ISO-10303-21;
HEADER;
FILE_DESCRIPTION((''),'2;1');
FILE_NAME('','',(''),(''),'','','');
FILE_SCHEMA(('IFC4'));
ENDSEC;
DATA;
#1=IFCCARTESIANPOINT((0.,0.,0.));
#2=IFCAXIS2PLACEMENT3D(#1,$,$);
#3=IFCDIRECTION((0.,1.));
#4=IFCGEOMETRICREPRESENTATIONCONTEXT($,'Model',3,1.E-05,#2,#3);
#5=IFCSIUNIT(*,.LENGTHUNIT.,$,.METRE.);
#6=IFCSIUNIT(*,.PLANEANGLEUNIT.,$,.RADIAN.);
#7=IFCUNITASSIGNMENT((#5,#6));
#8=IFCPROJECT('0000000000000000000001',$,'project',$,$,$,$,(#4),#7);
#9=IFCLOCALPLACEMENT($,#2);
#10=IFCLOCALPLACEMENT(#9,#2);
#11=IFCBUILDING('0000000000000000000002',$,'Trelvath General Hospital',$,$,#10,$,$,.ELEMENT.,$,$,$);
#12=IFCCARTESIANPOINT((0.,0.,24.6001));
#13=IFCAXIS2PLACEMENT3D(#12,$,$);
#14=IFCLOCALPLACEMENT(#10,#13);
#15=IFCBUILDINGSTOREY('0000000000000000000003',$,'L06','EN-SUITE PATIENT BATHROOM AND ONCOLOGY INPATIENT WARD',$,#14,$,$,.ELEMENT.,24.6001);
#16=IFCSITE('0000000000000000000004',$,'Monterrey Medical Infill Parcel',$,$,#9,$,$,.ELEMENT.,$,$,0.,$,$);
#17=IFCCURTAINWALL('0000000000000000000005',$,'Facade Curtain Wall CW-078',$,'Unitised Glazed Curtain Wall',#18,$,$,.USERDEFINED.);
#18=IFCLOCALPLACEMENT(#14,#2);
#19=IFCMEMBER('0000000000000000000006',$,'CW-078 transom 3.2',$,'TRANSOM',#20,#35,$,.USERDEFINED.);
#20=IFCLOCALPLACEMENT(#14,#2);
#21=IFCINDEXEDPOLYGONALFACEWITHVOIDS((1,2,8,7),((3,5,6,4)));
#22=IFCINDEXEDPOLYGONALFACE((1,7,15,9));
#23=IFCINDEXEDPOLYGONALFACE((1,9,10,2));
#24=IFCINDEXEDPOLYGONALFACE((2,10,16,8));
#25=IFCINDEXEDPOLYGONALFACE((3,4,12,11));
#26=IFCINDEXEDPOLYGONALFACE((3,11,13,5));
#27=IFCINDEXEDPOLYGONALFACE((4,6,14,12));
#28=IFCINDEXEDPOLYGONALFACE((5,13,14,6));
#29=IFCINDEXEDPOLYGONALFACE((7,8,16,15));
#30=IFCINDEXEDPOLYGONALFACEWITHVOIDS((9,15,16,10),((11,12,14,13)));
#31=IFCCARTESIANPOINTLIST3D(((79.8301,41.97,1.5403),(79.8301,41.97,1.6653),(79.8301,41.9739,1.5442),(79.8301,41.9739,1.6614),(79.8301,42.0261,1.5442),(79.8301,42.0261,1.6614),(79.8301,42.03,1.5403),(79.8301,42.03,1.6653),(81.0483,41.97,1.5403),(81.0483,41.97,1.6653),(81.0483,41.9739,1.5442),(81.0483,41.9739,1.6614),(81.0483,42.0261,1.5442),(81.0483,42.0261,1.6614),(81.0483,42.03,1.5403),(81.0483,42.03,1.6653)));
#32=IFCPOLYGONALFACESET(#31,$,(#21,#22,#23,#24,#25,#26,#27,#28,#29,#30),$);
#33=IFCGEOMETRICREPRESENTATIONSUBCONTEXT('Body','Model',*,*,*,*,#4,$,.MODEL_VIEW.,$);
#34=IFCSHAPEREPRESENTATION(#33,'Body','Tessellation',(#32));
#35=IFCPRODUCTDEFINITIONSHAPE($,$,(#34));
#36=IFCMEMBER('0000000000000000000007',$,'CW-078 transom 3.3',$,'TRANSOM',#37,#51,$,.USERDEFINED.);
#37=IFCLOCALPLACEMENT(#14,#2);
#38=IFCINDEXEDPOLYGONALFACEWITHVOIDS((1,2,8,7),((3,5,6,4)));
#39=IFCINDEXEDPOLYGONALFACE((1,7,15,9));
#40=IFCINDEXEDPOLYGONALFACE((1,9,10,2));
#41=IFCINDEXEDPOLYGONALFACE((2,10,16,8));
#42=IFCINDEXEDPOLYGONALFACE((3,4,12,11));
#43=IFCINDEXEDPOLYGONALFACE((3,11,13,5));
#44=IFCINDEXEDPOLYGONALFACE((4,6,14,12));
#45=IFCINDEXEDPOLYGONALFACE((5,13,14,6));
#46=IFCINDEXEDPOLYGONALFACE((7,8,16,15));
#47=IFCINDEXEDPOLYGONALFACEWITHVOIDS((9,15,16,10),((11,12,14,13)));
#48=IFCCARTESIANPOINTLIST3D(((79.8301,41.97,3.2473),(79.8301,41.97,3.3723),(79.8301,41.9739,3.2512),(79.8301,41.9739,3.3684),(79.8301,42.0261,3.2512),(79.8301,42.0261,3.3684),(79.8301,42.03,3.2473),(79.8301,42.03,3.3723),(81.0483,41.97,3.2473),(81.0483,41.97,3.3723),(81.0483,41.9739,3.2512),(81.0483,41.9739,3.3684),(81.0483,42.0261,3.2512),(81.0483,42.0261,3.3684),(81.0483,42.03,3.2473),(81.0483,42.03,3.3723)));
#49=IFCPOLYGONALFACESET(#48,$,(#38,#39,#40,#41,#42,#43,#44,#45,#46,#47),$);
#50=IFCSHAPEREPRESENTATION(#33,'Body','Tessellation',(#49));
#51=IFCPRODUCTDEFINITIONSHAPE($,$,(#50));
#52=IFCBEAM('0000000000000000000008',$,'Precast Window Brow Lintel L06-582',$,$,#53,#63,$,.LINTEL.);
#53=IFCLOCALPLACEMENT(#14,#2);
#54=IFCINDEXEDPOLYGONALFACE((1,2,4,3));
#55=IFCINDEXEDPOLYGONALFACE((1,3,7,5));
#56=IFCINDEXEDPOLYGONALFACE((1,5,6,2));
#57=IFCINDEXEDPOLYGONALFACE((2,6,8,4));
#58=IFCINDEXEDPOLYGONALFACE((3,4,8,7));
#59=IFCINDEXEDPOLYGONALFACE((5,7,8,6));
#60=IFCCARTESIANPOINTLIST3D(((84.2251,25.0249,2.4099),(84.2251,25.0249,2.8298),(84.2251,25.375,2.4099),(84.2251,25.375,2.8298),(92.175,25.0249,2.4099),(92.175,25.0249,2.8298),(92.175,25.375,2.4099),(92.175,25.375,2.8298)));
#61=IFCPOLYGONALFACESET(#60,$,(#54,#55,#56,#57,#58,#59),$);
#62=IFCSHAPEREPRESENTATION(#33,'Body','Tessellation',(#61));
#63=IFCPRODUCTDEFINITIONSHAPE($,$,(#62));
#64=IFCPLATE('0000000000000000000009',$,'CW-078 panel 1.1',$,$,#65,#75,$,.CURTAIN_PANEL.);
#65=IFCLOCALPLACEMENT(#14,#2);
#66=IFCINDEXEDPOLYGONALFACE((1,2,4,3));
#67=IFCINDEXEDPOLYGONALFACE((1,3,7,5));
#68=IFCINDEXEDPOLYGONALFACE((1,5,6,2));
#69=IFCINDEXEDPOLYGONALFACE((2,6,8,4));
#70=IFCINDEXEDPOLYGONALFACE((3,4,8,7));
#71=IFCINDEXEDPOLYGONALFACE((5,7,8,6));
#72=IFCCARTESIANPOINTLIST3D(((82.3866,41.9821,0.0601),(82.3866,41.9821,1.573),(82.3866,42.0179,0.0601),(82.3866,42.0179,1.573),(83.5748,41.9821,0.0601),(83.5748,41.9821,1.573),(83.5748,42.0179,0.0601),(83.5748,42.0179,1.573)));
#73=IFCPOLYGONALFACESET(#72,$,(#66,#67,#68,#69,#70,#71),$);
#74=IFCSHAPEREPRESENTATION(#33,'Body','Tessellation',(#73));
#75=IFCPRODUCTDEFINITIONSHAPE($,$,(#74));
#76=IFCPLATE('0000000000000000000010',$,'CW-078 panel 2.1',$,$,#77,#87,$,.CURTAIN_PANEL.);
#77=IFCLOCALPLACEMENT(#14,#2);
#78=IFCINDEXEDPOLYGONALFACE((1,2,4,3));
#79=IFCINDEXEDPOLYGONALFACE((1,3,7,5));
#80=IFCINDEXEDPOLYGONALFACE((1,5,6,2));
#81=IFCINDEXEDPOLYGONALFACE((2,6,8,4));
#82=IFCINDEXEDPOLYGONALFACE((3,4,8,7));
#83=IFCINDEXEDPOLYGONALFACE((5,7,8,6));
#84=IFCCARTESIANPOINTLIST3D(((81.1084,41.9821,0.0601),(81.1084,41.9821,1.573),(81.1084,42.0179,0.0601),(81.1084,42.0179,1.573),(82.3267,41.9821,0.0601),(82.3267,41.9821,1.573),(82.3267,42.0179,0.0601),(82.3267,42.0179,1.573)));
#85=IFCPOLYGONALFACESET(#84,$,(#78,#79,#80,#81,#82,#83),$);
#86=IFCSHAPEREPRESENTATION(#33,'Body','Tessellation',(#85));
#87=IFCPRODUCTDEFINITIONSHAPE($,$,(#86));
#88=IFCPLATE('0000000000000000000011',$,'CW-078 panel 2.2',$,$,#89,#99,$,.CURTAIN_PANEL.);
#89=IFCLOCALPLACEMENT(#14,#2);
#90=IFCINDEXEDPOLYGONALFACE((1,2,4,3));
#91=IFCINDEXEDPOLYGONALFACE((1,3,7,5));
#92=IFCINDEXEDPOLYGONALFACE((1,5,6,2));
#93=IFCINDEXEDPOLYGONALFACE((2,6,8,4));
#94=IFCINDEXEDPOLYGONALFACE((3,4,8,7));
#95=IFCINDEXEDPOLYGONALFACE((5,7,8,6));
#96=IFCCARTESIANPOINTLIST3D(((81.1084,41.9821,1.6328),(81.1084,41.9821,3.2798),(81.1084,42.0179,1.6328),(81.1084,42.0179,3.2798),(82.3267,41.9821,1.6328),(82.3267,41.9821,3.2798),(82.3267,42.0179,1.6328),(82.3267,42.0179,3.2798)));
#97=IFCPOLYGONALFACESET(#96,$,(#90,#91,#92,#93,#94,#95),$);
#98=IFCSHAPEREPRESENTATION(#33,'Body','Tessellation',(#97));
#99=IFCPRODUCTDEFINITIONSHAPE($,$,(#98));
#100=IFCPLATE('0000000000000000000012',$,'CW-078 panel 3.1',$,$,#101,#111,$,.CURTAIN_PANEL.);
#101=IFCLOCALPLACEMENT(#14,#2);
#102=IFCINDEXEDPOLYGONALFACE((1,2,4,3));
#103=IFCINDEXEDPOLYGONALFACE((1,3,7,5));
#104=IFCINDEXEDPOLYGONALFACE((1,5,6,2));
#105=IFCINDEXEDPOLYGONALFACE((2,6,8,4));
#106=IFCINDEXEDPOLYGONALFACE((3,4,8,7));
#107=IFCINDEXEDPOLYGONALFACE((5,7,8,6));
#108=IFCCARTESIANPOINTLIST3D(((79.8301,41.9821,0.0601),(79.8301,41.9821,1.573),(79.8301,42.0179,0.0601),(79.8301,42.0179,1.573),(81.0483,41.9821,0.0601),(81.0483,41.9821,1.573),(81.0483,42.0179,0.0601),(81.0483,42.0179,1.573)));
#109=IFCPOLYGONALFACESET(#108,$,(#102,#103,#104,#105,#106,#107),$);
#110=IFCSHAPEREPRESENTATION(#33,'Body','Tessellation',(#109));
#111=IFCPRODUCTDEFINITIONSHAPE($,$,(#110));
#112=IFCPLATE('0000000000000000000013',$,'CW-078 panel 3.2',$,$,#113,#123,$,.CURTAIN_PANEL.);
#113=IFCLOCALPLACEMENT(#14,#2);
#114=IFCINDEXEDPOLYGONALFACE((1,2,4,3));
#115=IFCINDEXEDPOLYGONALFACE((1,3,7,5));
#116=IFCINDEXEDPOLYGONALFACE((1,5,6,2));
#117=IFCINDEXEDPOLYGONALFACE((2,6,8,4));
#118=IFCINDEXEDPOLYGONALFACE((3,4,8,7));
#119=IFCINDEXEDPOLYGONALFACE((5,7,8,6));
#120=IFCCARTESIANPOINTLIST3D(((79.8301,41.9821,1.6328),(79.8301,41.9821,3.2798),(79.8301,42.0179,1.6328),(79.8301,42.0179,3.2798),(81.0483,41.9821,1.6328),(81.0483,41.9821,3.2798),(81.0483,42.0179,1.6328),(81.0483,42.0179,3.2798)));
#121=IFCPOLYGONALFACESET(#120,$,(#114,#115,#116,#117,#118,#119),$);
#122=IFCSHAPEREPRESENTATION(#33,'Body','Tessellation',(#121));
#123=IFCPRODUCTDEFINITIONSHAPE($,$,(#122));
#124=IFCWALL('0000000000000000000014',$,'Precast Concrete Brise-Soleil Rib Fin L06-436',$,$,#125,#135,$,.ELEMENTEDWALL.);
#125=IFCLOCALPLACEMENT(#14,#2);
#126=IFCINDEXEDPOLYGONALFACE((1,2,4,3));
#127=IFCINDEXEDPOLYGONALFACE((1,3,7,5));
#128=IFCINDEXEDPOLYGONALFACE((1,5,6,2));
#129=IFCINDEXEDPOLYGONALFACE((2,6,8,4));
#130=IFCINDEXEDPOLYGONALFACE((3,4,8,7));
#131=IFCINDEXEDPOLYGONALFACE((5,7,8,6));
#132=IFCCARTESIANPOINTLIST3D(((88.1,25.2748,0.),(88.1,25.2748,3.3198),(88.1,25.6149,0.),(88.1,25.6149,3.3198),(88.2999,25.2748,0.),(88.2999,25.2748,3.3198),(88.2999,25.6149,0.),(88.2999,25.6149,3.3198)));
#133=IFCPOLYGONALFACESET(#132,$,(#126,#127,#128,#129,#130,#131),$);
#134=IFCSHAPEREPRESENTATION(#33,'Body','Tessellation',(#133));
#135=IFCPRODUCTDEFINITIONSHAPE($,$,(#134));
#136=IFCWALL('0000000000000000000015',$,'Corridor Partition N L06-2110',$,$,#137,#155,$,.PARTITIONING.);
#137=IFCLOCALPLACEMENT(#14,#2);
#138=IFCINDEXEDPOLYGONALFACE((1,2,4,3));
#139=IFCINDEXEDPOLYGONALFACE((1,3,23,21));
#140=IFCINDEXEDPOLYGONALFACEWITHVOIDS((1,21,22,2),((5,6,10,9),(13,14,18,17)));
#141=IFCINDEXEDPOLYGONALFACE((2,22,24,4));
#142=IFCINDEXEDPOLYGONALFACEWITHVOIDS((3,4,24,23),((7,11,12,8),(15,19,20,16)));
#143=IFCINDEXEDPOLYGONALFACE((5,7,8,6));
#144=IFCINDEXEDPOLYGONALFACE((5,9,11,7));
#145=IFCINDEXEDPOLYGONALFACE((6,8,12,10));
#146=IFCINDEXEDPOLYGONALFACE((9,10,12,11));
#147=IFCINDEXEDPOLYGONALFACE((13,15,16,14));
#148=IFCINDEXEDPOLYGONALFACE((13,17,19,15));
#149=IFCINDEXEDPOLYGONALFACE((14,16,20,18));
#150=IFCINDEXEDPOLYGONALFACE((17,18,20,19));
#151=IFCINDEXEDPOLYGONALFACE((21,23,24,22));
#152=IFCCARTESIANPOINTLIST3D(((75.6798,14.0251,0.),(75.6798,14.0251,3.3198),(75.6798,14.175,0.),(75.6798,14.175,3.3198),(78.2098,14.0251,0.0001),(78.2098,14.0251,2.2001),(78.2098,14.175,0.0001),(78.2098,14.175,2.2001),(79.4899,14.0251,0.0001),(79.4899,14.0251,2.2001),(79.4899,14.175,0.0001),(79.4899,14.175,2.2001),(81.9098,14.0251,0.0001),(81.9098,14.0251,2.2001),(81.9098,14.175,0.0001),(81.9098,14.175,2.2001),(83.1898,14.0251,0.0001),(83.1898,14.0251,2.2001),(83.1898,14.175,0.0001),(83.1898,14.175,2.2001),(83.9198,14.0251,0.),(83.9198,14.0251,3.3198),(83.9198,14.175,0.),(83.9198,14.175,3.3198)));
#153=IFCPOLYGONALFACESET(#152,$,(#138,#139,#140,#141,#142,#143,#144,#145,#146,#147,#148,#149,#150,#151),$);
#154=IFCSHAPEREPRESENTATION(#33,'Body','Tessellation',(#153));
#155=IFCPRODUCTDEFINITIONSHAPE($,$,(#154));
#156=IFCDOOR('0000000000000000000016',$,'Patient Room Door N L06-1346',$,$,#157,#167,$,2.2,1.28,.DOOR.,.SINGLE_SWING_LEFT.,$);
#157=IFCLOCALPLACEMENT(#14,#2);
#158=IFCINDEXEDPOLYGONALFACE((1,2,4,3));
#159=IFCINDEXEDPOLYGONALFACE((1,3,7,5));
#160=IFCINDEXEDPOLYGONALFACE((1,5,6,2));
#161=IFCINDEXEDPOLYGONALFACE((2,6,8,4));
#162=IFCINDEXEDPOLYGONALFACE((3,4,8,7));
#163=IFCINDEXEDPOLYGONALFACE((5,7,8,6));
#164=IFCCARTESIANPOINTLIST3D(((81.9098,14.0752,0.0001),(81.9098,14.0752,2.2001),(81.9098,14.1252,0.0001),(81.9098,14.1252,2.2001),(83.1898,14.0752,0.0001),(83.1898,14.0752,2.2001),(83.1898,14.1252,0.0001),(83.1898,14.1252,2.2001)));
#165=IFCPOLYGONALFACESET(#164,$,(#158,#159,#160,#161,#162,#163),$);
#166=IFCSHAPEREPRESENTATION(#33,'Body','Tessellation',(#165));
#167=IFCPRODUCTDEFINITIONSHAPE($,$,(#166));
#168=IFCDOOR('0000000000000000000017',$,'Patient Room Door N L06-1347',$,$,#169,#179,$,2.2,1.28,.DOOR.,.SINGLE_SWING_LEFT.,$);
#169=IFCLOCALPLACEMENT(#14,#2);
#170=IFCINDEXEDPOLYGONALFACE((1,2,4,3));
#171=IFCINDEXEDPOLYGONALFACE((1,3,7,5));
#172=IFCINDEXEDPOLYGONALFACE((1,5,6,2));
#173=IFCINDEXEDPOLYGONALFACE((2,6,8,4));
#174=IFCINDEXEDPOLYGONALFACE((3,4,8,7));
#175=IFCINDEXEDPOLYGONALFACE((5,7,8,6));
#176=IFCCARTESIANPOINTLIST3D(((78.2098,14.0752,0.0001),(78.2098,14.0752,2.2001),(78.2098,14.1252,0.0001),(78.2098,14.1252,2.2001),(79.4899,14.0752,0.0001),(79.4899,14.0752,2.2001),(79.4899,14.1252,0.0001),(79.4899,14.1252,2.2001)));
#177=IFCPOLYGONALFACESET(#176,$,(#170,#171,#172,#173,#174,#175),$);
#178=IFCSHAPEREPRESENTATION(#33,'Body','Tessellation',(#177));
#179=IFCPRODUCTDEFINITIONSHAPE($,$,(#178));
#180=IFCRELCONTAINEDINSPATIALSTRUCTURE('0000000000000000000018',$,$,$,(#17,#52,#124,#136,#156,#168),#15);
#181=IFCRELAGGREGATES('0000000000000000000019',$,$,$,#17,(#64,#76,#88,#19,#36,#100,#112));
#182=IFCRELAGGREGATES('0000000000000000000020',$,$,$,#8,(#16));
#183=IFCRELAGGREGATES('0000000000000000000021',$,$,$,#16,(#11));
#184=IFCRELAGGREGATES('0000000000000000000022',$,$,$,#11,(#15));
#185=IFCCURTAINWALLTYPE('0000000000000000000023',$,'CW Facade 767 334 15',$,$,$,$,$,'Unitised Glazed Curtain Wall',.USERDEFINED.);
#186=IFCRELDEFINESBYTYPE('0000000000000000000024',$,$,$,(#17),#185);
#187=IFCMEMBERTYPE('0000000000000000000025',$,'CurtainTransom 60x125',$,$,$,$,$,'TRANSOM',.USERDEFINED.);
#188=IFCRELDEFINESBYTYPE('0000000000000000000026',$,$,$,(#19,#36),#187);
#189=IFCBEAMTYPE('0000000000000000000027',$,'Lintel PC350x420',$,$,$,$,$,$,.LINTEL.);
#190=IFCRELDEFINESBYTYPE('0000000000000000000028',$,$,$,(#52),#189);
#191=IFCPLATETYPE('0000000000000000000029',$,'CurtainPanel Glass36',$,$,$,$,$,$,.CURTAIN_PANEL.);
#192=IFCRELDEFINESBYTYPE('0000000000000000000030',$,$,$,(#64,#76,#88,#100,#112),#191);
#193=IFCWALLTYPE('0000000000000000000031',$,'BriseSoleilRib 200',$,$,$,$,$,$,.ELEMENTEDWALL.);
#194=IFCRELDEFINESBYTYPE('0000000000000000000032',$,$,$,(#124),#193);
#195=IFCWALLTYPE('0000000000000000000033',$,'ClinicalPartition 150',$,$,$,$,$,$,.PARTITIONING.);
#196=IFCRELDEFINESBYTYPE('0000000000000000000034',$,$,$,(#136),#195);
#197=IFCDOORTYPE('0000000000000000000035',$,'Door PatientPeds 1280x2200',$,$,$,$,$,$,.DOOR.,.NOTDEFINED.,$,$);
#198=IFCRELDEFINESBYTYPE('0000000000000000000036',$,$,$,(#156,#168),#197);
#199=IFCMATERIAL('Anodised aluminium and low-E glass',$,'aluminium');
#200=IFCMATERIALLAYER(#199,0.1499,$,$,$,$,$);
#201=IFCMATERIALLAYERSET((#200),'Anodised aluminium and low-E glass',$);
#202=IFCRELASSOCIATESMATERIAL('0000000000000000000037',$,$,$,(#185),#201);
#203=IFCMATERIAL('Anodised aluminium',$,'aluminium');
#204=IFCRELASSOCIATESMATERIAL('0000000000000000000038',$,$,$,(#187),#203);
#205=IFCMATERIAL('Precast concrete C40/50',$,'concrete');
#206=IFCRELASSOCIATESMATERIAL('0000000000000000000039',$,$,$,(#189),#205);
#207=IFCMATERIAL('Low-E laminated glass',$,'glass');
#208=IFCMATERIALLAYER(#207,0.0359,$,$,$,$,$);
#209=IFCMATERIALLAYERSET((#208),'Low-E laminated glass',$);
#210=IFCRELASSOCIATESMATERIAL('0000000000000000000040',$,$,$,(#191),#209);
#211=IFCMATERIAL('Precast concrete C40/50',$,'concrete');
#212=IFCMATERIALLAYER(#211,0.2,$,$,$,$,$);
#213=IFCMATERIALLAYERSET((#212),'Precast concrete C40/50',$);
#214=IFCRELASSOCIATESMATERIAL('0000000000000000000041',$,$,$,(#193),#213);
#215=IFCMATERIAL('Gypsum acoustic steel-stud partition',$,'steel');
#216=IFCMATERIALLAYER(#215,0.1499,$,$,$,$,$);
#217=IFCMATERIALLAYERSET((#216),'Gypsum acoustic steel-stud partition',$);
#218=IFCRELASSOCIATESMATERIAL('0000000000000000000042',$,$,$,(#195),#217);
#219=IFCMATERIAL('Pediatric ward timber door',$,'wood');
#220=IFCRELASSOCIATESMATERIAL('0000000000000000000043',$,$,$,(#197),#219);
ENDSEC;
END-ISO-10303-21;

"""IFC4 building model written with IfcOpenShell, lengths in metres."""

from ifc_helpers import new_model, si_unit, direction, frame, frame_2d, origin, origin_2d, place, context, subcontext, project, spatial, rectangle, hollow_rectangle, extrude, material, layer, layer_set, material_profile, profile_set, type_object, element, fill, aggregate, save


model = new_model("IFC4")

# Units and contexts
model_context = context("Model", 3, precision=1e-05, world=origin(), true_north=direction((0.0, 1.0)))
body_context = subcontext(model_context, "Body", "Model", "MODEL_VIEW")
ifc_project = project(units=[si_unit("LENGTHUNIT", "METRE"), si_unit("PLANEANGLEUNIT", "RADIAN")], contexts=[model_context])

# Site, building, storey
site_placement = place(None, origin())
site = spatial("IfcSite", under=ifc_project, at=site_placement, Name="Monterrey Medical Infill Parcel", CompositionType="ELEMENT", RefElevation=0.0)
building_placement = place(site_placement, origin())
building = spatial("IfcBuilding", under=site, at=building_placement, Name="Trelvath General Hospital", CompositionType="ELEMENT")
storey_placement = place(building_placement, frame((0.0, 0.0, 24.6001)))
storey = spatial("IfcBuildingStorey", under=building, at=storey_placement, Name="L06", Description="EN-SUITE PATIENT BATHROOM AND ONCOLOGY INPATIENT WARD", CompositionType="ELEMENT", Elevation=24.6001)

# Curtain wall, members
ifc_material_1 = material(Name="Anodised aluminium and low-E glass", Category="aluminium")
ifc_layer_1 = layer(ifc_material_1, 0.1499)
ifc_layer_set_1 = layer_set([ifc_layer_1], Name="Anodised aluminium and low-E glass")
curtain_wall_type = type_object("IfcCurtainWallType", Name="CW Facade 767 334 15", ElementType="Unitised Glazed Curtain Wall", PredefinedType="USERDEFINED", material=ifc_layer_set_1)
curtain_wall_placement = place(storey_placement, origin())
curtain_wall = element("IfcCurtainWall", 1, at=curtain_wall_placement, inside=storey, type_object=curtain_wall_type, Name="Facade Curtain Wall CW-078", ObjectType="Unitised Glazed Curtain Wall", PredefinedType="USERDEFINED")
ifc_material_2 = material(Name="Anodised aluminium", Category="aluminium")
ifc_material_profile_1 = material_profile(ifc_material_2, hollow_rectangle(XDim=0.0601, YDim=0.125, WallThickness=0.0039, at=origin_2d()), Name="RHS60x125x4")
ifc_profile_set_1 = profile_set([ifc_material_profile_1], Name="Anodised aluminium")
member_type_1 = type_object("IfcMemberType", Name="CurtainTransom 60x125", ElementType="TRANSOM", PredefinedType="USERDEFINED", material=ifc_profile_set_1)
member_1_placement = place(storey_placement, frame((81.0483, 42.0, 1.6028), z_axis=(-1.0, 0.0, 0.0), x_axis=(0.0, -1.0, 0.0)))
member_1 = element("IfcMember", 2, at=member_1_placement, type_object=member_type_1, Name="CW-078 transom 3.2", ObjectType="TRANSOM", PredefinedType="USERDEFINED", context=body_context, shape_type="SweptSolid", body=[
    extrude(hollow_rectangle(XDim=0.0601, YDim=0.125, WallThickness=0.0039, at=origin_2d()), origin(), (0.0, 0.0, 1.0), 1.2183),
])
member_2_placement = place(storey_placement, frame((81.0483, 42.0, 3.3098), z_axis=(-1.0, 0.0, 0.0), x_axis=(0.0, -1.0, 0.0)))
member_2 = element("IfcMember", 3, at=member_2_placement, type_object=member_type_1, Name="CW-078 transom 3.3", ObjectType="TRANSOM", PredefinedType="USERDEFINED", context=body_context, shape_type="SweptSolid", body=[
    extrude(hollow_rectangle(XDim=0.0601, YDim=0.125, WallThickness=0.0039, at=origin_2d()), origin(), (0.0, 0.0, 1.0), 1.2183),
])

# Beam
ifc_material_3 = material(Name="Precast concrete C40/50", Category="concrete")
ifc_material_profile_2 = material_profile(ifc_material_3, rectangle(XDim=0.3501, YDim=0.4199, at=origin_2d()), Name="PCL350x420")
ifc_profile_set_2 = profile_set([ifc_material_profile_2], Name="Precast concrete C40/50")
beam_type_1 = type_object("IfcBeamType", Name="Lintel PC350x420", PredefinedType="LINTEL", material=ifc_profile_set_2)
beam_1_placement = place(storey_placement, frame((84.2251, 25.2, 2.6199), z_axis=(1.0, 0.0, 0.0), x_axis=(0.0, 1.0, 0.0)))
element("IfcBeam", 4, at=beam_1_placement, inside=storey, type_object=beam_type_1, Name="Precast Window Brow Lintel L06-582", PredefinedType="LINTEL", context=body_context, shape_type="SweptSolid", body=[
    extrude(rectangle(XDim=0.3501, YDim=0.4199, at=origin_2d()), origin(), (0.0, 0.0, 1.0), 7.95),
])

# Plates
ifc_material_4 = material(Name="Low-E laminated glass", Category="glass")
ifc_layer_2 = layer(ifc_material_4, 0.0359)
ifc_layer_set_2 = layer_set([ifc_layer_2], Name="Low-E laminated glass")
plate_type = type_object("IfcPlateType", Name="CurtainPanel Glass36", PredefinedType="CURTAIN_PANEL", material=ifc_layer_set_2)
plate_1_placement = place(storey_placement, frame((82.9807, 42.0, 0.0601), z_axis=(0.0, 0.0, 1.0), x_axis=(-1.0, 0.0, 0.0)))
plate_1 = element("IfcPlate", 5, at=plate_1_placement, type_object=plate_type, Name="CW-078 panel 1.1", PredefinedType="CURTAIN_PANEL", context=body_context, shape_type="SweptSolid", body=[
    extrude(rectangle(XDim=1.1882, YDim=0.0359, at=origin_2d()), origin(), (0.0, 0.0, 1.0), 1.5129),
])
plate_2_placement = place(storey_placement, frame((81.7175, 42.0, 0.0601), z_axis=(0.0, 0.0, 1.0), x_axis=(-1.0, 0.0, 0.0)))
plate_2 = element("IfcPlate", 6, at=plate_2_placement, type_object=plate_type, Name="CW-078 panel 2.1", PredefinedType="CURTAIN_PANEL", context=body_context, shape_type="SweptSolid", body=[
    extrude(rectangle(XDim=1.2183, YDim=0.0359, at=origin_2d()), origin(), (0.0, 0.0, 1.0), 1.5129),
])
plate_3_placement = place(storey_placement, frame((81.7175, 42.0, 1.6328), z_axis=(0.0, 0.0, 1.0), x_axis=(-1.0, 0.0, 0.0)))
plate_3 = element("IfcPlate", 7, at=plate_3_placement, type_object=plate_type, Name="CW-078 panel 2.2", PredefinedType="CURTAIN_PANEL", context=body_context, shape_type="SweptSolid", body=[
    extrude(rectangle(XDim=1.2183, YDim=0.0359, at=origin_2d()), origin(), (0.0, 0.0, 1.0), 1.647),
])
plate_4_placement = place(storey_placement, frame((80.4392, 42.0, 0.0601), z_axis=(0.0, 0.0, 1.0), x_axis=(-1.0, 0.0, 0.0)))
plate_4 = element("IfcPlate", 8, at=plate_4_placement, type_object=plate_type, Name="CW-078 panel 3.1", PredefinedType="CURTAIN_PANEL", context=body_context, shape_type="SweptSolid", body=[
    extrude(rectangle(XDim=1.2183, YDim=0.0359, at=origin_2d()), origin(), (0.0, 0.0, 1.0), 1.5129),
])
plate_5_placement = place(storey_placement, frame((80.4392, 42.0, 1.6328), z_axis=(0.0, 0.0, 1.0), x_axis=(-1.0, 0.0, 0.0)))
plate_5 = element("IfcPlate", 9, at=plate_5_placement, type_object=plate_type, Name="CW-078 panel 3.2", PredefinedType="CURTAIN_PANEL", context=body_context, shape_type="SweptSolid", body=[
    extrude(rectangle(XDim=1.2183, YDim=0.0359, at=origin_2d()), origin(), (0.0, 0.0, 1.0), 1.647),
])
aggregate(curtain_wall, [plate_1, plate_2, plate_3, member_1, member_2, plate_4, plate_5])

# Wall
ifc_material_5 = material(Name="Precast concrete C40/50", Category="concrete")
ifc_layer_3 = layer(ifc_material_5, 0.2)
ifc_layer_set_3 = layer_set([ifc_layer_3], Name="Precast concrete C40/50")
wall_type_1 = type_object("IfcWallType", Name="BriseSoleilRib 200", PredefinedType="ELEMENTEDWALL", material=ifc_layer_set_3)
wall_1_placement = place(storey_placement, frame((88.2, 25.2749, 0.0), z_axis=(0.0, 0.0, 1.0), x_axis=(0.0, 1.0, 0.0)))
element("IfcWall", 10, at=wall_1_placement, inside=storey, type_object=wall_type_1, Name="Precast Concrete Brise-Soleil Rib Fin L06-436", PredefinedType="ELEMENTEDWALL", context=body_context, shape_type="SweptSolid", body=[
    extrude(rectangle(XDim=0.3401, YDim=0.2, at=frame_2d((0.1699, 0.0))), origin(), (0.0, 0.0, 1.0), 3.3198),
])

# Wall, openings, doors
ifc_material_6 = material(Name="Gypsum acoustic steel-stud partition", Category="steel")
ifc_layer_4 = layer(ifc_material_6, 0.1499)
ifc_layer_set_4 = layer_set([ifc_layer_4], Name="Gypsum acoustic steel-stud partition")
wall_type_2 = type_object("IfcWallType", Name="ClinicalPartition 150", PredefinedType="PARTITIONING", material=ifc_layer_set_4)
wall_2_placement = place(storey_placement, frame((83.9199, 14.1001, 0.0), z_axis=(0.0, 0.0, 1.0), x_axis=(-1.0, 0.0, 0.0)))
wall_2 = element("IfcWall", 11, at=wall_2_placement, inside=storey, type_object=wall_type_2, Name="Corridor Partition N L06-2110", PredefinedType="PARTITIONING", context=body_context, shape_type="SweptSolid", body=[
    extrude(rectangle(XDim=8.24, YDim=0.1499, at=frame_2d((4.1201, 0.0))), origin(), (0.0, 0.0, 1.0), 3.3198),
])
opening_1_placement = place(wall_2_placement, frame((0.73, 0.0, 0.0)))
opening_1 = element("IfcOpeningElement", 12, at=opening_1_placement, cuts=wall_2, PredefinedType="OPENING", context=body_context, shape_type="SweptSolid", body=[
    extrude(rectangle(XDim=1.28, YDim=2.2, at=frame_2d((0.6401, 1.1001))), frame((0.0, 0.085, 0.0), z_axis=(0.0, -1.0, 0.0), x_axis=(1.0, 0.0, 0.0)), (0.0, 0.0, 1.0), 0.1699),
])
opening_2_placement = place(wall_2_placement, frame((4.4299, 0.0, 0.0)))
opening_2 = element("IfcOpeningElement", 13, at=opening_2_placement, cuts=wall_2, PredefinedType="OPENING", context=body_context, shape_type="SweptSolid", body=[
    extrude(rectangle(XDim=1.28, YDim=2.2, at=frame_2d((0.6401, 1.1001))), frame((0.0, 0.085, 0.0), z_axis=(0.0, -1.0, 0.0), x_axis=(1.0, 0.0, 0.0)), (0.0, 0.0, 1.0), 0.1699),
])
ifc_material_7 = material(Name="Pediatric ward timber door", Category="wood")
door_type_1 = type_object("IfcDoorType", Name="Door PatientPeds 1280x2200", OperationType="NOTDEFINED", PredefinedType="DOOR", material=ifc_material_7)
door_1_placement = place(opening_1_placement, origin())
door_1 = element("IfcDoor", 14, at=door_1_placement, inside=storey, type_object=door_type_1, Name="Patient Room Door N L06-1346", OperationType="SINGLE_SWING_LEFT", OverallHeight=2.2, OverallWidth=1.28, PredefinedType="DOOR", context=body_context, shape_type="SweptSolid", body=[
    extrude(rectangle(XDim=1.28, YDim=2.2, at=frame_2d((0.6401, 1.1001))), frame((0.0, 0.0249, 0.0), z_axis=(0.0, -1.0, 0.0), x_axis=(1.0, 0.0, 0.0)), (0.0, 0.0, 1.0), 0.05),
])
fill(opening_1, door_1)
door_2_placement = place(opening_2_placement, origin())
door_2 = element("IfcDoor", 15, at=door_2_placement, inside=storey, type_object=door_type_1, Name="Patient Room Door N L06-1347", OperationType="SINGLE_SWING_LEFT", OverallHeight=2.2, OverallWidth=1.28, PredefinedType="DOOR", context=body_context, shape_type="SweptSolid", body=[
    extrude(rectangle(XDim=1.28, YDim=2.2, at=frame_2d((0.6401, 1.1001))), frame((0.0, 0.0249, 0.0), z_axis=(0.0, -1.0, 0.0), x_axis=(1.0, 0.0, 0.0)), (0.0, 0.0, 1.0), 0.05),
])
fill(opening_2, door_2)

save(model, "model.ifc")
